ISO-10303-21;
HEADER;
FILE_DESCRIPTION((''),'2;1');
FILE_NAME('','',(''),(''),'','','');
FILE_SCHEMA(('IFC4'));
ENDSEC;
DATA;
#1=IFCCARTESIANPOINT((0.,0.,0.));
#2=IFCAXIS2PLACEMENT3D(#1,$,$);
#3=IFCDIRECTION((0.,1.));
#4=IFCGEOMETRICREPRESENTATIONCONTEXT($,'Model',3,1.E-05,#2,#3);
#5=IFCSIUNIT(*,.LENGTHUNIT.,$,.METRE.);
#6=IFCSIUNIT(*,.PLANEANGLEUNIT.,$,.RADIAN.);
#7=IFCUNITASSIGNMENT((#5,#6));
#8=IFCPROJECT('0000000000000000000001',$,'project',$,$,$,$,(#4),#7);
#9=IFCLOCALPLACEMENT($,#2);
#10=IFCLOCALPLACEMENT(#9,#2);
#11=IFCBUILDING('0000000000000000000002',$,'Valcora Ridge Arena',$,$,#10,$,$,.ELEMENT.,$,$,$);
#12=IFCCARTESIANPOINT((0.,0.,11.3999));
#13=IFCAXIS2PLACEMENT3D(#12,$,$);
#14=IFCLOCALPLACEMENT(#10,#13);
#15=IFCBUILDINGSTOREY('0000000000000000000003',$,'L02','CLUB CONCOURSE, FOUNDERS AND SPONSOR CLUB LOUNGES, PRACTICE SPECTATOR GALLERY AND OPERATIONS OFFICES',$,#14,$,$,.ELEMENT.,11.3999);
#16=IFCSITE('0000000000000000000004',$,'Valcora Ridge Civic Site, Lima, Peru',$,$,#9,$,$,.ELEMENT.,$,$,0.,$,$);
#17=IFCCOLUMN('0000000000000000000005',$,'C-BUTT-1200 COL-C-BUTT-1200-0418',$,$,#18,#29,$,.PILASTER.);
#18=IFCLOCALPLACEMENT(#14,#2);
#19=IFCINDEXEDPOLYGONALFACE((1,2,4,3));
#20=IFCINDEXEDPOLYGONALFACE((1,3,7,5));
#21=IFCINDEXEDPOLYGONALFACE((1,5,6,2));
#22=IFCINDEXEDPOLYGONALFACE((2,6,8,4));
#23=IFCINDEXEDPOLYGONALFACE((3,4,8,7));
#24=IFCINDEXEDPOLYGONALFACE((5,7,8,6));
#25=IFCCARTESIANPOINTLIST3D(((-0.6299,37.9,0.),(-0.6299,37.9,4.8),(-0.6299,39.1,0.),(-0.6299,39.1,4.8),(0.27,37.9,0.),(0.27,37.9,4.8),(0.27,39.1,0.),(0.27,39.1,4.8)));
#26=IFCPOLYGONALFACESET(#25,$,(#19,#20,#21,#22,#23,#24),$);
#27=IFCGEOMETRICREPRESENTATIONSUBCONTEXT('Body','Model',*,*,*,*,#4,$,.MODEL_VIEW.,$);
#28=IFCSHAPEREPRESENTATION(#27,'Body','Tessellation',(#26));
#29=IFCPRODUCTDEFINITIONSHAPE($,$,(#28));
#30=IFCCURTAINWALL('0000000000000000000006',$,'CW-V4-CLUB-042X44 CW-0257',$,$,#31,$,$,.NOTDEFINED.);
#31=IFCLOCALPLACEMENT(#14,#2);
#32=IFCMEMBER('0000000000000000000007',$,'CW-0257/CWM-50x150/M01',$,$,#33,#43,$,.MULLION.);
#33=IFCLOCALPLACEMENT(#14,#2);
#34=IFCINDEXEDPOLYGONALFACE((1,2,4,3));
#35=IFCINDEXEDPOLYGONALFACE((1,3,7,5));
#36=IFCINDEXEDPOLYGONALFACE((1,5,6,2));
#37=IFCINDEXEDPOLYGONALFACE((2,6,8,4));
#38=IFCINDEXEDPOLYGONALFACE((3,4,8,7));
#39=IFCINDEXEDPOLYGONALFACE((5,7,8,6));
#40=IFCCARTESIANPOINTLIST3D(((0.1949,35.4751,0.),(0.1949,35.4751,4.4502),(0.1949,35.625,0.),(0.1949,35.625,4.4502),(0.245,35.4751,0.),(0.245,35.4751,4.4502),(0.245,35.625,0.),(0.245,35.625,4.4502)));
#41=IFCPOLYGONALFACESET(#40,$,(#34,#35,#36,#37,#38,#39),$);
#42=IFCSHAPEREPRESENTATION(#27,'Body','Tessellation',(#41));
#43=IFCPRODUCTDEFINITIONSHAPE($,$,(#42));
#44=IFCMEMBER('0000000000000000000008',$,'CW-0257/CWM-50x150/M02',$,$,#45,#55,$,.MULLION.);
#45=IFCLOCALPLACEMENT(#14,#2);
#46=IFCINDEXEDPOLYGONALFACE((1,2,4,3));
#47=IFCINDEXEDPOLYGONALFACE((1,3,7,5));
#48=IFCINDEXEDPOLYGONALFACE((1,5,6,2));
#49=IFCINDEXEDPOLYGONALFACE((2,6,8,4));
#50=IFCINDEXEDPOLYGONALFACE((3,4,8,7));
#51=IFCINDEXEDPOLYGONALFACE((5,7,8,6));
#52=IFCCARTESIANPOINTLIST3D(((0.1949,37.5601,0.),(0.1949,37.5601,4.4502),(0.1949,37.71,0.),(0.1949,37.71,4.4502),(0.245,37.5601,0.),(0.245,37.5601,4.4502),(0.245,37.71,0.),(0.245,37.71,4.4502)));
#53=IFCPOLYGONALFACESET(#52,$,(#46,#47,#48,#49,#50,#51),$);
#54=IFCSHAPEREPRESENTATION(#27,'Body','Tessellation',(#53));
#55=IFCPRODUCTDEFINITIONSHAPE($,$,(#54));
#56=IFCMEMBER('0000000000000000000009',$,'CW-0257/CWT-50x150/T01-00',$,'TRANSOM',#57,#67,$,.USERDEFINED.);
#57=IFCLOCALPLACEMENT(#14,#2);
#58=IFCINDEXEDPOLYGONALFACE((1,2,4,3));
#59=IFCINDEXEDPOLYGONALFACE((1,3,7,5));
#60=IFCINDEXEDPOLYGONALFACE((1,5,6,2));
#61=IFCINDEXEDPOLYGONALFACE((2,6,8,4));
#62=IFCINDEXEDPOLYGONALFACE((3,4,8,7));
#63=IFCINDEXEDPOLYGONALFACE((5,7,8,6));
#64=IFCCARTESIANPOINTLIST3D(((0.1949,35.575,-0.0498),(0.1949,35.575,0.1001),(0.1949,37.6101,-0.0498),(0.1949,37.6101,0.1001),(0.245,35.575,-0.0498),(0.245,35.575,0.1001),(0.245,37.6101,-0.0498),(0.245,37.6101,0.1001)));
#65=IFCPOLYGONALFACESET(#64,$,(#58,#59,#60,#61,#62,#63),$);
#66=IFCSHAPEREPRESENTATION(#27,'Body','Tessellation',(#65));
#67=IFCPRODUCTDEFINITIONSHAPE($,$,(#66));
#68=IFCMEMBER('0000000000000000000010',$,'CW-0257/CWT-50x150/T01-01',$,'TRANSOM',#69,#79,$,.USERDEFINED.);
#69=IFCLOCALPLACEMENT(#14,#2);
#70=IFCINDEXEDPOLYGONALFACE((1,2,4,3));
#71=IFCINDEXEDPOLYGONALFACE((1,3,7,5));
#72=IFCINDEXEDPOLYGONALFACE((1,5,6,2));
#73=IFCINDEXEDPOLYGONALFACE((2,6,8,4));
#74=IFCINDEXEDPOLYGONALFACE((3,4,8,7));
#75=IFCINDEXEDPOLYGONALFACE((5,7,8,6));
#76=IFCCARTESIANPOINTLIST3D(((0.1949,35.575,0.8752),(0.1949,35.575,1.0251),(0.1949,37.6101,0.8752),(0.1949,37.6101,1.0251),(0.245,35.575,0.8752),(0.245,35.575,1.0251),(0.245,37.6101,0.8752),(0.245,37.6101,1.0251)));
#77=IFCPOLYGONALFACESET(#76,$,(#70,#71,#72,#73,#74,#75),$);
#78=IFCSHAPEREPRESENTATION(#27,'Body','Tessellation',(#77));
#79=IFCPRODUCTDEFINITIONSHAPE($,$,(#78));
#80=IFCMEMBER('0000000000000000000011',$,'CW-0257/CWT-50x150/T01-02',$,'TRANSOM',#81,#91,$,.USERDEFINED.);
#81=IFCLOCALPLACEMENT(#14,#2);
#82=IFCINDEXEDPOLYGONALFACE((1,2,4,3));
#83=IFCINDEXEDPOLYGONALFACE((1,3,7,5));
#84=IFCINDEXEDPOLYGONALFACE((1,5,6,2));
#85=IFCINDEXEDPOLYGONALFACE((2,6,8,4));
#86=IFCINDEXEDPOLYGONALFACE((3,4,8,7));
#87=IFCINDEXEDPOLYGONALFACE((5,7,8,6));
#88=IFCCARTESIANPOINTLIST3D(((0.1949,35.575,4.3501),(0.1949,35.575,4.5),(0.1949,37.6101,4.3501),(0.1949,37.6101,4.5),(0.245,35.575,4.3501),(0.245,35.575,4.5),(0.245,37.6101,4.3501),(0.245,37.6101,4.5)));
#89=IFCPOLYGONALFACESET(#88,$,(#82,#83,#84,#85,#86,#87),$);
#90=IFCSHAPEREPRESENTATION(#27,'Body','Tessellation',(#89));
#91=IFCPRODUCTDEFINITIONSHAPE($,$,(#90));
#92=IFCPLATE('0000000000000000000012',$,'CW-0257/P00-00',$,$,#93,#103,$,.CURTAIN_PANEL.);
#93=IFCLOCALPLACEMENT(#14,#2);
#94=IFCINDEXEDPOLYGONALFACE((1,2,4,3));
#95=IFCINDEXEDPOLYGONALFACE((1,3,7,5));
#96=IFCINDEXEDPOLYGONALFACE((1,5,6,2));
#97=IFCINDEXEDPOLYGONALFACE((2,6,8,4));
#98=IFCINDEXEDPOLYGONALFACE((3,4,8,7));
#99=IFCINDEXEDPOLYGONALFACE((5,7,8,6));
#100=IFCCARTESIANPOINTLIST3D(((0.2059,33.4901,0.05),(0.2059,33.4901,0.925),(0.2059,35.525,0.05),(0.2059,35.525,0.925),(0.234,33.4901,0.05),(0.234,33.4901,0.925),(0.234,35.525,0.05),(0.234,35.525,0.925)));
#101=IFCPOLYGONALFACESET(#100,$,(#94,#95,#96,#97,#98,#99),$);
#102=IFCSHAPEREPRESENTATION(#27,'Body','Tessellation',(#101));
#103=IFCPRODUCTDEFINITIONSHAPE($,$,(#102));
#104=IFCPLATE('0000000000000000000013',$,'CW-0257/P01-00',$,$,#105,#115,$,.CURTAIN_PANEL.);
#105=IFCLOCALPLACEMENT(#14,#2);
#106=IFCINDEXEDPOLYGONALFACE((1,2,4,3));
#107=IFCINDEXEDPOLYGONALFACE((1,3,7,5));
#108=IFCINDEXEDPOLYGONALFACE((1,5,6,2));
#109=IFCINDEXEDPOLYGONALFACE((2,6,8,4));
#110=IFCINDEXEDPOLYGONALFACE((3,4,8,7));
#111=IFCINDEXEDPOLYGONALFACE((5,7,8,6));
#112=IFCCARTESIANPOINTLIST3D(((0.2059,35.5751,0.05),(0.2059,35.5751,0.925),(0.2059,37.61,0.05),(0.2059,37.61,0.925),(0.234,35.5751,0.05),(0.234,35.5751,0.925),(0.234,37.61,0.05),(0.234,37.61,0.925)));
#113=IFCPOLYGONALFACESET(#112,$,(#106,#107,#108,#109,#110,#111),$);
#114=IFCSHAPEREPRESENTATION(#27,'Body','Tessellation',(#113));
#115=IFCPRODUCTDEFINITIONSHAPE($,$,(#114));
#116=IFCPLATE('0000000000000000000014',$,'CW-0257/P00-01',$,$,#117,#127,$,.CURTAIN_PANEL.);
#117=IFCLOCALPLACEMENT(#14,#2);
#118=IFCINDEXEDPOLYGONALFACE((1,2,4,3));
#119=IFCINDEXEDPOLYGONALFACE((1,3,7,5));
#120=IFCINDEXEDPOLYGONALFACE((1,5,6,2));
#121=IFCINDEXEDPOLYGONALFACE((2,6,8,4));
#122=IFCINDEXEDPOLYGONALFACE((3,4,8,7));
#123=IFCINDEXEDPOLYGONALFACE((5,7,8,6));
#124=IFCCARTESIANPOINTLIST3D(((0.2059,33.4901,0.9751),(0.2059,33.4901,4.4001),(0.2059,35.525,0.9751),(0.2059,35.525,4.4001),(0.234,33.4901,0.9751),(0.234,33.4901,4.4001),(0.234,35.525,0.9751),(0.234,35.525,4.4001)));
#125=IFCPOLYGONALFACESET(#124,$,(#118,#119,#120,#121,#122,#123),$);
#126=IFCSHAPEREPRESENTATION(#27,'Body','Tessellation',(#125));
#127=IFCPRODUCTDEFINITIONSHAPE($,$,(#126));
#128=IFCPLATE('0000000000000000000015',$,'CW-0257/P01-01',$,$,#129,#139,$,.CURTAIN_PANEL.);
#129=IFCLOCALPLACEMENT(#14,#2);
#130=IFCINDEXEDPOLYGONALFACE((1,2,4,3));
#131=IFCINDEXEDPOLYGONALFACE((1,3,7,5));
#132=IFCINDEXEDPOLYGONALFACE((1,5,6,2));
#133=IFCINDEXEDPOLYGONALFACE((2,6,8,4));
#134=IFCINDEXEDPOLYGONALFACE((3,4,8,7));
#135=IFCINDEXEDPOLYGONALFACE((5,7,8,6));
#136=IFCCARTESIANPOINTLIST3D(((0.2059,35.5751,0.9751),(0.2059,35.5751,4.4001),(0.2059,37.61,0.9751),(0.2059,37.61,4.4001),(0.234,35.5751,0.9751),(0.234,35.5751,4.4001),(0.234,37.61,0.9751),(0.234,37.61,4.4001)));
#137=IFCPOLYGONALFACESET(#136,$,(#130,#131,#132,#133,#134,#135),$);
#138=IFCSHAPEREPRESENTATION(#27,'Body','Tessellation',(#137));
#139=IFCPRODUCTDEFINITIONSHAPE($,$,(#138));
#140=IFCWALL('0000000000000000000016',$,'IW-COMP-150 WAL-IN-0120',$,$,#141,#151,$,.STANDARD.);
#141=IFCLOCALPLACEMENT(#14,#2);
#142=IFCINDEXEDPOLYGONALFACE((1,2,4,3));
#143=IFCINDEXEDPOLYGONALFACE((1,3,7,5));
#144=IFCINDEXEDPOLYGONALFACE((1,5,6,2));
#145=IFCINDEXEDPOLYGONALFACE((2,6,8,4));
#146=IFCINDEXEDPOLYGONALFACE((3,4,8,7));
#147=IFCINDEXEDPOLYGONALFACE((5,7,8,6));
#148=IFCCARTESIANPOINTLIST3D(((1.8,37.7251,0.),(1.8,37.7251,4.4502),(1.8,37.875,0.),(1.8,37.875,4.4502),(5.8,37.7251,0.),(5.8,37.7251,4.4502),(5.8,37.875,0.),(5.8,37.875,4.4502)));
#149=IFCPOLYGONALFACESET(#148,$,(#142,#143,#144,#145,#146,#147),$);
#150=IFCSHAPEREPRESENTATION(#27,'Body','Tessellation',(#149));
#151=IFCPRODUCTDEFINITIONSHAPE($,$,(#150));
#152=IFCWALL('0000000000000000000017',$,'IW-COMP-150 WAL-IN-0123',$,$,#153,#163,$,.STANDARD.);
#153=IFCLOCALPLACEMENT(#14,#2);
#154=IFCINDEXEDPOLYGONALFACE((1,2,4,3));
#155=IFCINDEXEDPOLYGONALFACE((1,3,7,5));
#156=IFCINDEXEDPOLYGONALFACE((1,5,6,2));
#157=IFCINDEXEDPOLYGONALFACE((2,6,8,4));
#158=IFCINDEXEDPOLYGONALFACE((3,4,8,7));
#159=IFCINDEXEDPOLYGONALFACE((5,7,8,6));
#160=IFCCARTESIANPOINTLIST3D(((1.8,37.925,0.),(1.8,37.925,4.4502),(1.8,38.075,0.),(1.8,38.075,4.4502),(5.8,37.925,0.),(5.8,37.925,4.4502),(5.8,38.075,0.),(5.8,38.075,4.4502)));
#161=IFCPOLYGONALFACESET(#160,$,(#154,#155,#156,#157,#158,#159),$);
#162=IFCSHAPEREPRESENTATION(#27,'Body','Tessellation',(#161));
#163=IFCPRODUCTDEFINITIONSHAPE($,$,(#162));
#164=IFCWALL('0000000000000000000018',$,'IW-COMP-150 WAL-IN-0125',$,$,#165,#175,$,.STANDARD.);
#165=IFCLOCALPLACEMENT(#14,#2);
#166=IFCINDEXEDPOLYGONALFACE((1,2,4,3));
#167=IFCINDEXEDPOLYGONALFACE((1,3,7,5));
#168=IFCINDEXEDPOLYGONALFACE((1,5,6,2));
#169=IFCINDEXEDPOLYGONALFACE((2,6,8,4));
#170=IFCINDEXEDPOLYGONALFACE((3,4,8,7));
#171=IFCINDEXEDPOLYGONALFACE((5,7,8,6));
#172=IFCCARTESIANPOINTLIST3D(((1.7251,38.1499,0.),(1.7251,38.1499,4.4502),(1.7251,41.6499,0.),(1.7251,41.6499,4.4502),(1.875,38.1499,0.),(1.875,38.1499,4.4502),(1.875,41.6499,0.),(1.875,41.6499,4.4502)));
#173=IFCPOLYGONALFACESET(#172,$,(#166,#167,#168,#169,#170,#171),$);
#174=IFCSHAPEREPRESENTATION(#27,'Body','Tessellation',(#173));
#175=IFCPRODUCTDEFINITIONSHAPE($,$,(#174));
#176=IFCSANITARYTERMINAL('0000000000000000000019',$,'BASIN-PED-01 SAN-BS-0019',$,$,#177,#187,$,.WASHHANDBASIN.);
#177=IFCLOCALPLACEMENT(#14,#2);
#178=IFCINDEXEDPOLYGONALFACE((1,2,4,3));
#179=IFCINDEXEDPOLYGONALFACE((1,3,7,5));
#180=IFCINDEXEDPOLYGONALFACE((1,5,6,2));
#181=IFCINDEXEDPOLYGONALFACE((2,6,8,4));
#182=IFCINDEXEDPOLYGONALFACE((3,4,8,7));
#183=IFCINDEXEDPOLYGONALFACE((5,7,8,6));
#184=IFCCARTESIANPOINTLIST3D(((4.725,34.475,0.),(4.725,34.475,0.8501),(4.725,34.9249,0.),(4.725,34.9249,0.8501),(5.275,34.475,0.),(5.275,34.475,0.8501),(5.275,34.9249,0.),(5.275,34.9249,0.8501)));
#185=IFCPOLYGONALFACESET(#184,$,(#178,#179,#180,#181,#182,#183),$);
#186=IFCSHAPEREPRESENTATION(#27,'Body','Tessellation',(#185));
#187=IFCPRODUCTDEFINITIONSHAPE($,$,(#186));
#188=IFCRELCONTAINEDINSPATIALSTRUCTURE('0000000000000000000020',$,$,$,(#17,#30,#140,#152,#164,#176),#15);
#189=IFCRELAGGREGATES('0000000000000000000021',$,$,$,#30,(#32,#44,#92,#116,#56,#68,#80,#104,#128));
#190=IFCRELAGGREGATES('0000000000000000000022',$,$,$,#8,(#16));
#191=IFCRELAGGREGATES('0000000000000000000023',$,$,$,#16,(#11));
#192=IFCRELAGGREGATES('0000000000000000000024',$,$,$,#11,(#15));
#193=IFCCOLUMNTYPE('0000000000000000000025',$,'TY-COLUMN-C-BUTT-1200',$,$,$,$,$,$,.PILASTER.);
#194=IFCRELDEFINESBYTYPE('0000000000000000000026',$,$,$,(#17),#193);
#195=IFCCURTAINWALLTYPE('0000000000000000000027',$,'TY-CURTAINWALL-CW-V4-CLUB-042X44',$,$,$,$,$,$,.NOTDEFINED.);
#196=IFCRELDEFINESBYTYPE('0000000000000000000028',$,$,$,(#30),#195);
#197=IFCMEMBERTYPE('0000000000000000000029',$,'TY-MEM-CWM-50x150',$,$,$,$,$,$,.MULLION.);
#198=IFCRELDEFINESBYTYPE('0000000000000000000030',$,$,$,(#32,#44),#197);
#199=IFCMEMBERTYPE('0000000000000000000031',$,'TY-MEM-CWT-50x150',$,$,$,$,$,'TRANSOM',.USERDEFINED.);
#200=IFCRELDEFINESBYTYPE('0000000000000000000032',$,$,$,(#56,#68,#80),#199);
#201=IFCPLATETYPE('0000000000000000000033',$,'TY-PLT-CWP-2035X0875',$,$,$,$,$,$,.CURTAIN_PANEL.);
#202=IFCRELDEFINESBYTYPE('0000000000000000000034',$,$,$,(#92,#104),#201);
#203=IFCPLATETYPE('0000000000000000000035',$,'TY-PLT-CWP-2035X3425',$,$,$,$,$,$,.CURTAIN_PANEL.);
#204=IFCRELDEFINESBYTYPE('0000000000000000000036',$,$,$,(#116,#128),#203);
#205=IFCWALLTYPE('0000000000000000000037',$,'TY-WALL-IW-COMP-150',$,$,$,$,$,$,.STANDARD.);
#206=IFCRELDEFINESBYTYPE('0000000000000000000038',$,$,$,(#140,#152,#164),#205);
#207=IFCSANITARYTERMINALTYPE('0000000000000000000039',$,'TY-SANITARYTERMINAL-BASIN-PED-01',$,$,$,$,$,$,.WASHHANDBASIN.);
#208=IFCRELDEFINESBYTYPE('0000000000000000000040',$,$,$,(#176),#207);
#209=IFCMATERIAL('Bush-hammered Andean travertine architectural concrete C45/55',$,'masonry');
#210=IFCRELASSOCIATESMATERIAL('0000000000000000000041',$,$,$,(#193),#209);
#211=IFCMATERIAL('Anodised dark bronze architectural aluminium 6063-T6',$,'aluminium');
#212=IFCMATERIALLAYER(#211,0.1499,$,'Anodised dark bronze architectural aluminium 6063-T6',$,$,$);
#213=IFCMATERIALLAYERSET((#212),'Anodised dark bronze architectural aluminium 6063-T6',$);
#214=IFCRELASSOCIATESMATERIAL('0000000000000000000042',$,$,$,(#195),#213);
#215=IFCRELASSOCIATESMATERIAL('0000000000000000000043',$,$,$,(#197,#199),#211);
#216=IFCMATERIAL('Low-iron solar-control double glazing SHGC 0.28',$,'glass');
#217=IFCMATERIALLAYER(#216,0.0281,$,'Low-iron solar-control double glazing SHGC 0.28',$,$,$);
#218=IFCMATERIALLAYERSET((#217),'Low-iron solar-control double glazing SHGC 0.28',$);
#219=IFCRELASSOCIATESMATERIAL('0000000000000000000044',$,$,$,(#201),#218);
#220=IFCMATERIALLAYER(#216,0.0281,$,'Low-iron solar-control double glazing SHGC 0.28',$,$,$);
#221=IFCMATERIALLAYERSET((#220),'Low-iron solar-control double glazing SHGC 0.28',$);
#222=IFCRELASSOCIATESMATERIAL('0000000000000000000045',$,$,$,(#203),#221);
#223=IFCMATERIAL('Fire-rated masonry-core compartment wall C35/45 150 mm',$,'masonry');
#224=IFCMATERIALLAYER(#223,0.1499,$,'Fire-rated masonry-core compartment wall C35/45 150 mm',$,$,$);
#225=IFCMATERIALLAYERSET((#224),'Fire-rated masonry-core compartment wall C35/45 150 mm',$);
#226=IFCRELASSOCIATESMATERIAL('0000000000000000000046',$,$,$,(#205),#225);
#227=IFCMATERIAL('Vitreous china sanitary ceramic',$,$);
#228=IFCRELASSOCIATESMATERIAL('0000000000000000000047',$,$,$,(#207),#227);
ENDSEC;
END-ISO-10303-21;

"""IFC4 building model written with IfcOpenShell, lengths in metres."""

from ifc_helpers import new_model, si_unit, direction, frame, frame_2d, origin, origin_2d, place, context, subcontext, project, spatial, rectangle, extrude, material, layer, layer_set, material_profile, profile_set, type_object, element, aggregate, save


model = new_model("IFC4")

# Units and contexts
model_context = context("Model", 3, precision=1e-05, world=origin(), true_north=direction((0.0, 1.0)))
body_context = subcontext(model_context, "Body", "Model", "MODEL_VIEW")
ifc_project = project(units=[si_unit("LENGTHUNIT", "METRE"), si_unit("PLANEANGLEUNIT", "RADIAN")], contexts=[model_context])

# Site, building, storey
site_placement = place(None, origin())
site = spatial("IfcSite", under=ifc_project, at=site_placement, Name="Valcora Ridge Civic Site, Lima, Peru", CompositionType="ELEMENT", RefElevation=0.0)
building_placement = place(site_placement, origin())
building = spatial("IfcBuilding", under=site, at=building_placement, Name="Valcora Ridge Arena", CompositionType="ELEMENT")
storey_placement = place(building_placement, frame((0.0, 0.0, 11.3999)))
storey = spatial("IfcBuildingStorey", under=building, at=storey_placement, Name="L02", Description="CLUB CONCOURSE, FOUNDERS AND SPONSOR CLUB LOUNGES, PRACTICE SPECTATOR GALLERY AND OPERATIONS OFFICES", CompositionType="ELEMENT", Elevation=11.3999)

# Column
ifc_material_1 = material(Name="Bush-hammered Andean travertine architectural concrete C45/55", Category="masonry")
ifc_material_profile_1 = material_profile(ifc_material_1, rectangle(XDim=0.8999, YDim=1.2, at=origin_2d()), Name="RC 900x1200")
ifc_profile_set_1 = profile_set([ifc_material_profile_1], Name="Bush-hammered Andean travertine architectural concrete C45/55")
column_type = type_object("IfcColumnType", Name="TY-COLUMN-C-BUTT-1200", PredefinedType="PILASTER", material=ifc_profile_set_1)
column_placement = place(storey_placement, frame((-0.1799, 38.5, 0.0), z_axis=(0.0, 0.0, 1.0), x_axis=(1.0, 0.0, 0.0)))
element("IfcColumn", 1, at=column_placement, inside=storey, type_object=column_type, Name="C-BUTT-1200 COL-C-BUTT-1200-0418", PredefinedType="PILASTER", context=body_context, shape_type="SweptSolid", body=[
    extrude(rectangle(XDim=0.8999, YDim=1.2, at=origin_2d()), origin(), (0.0, 0.0, 1.0), 4.8),
])

# Curtain wall, members, plates
ifc_material_2 = material(Name="Anodised dark bronze architectural aluminium 6063-T6", Category="aluminium")
ifc_layer_1 = layer(ifc_material_2, 0.1499, Name="Anodised dark bronze architectural aluminium 6063-T6")
ifc_layer_set_1 = layer_set([ifc_layer_1], Name="Anodised dark bronze architectural aluminium 6063-T6")
curtain_wall_type = type_object("IfcCurtainWallType", Name="TY-CURTAINWALL-CW-V4-CLUB-042X44", PredefinedType="NOTDEFINED", material=ifc_layer_set_1)
curtain_wall_placement = place(storey_placement, origin())
curtain_wall = element("IfcCurtainWall", 2, at=curtain_wall_placement, inside=storey, type_object=curtain_wall_type, Name="CW-V4-CLUB-042X44 CW-0257", PredefinedType="NOTDEFINED")
ifc_material_profile_2 = material_profile(ifc_material_2, rectangle(XDim=0.05, YDim=0.1499, at=origin_2d()), Name="ALU MULLION 50x150")
ifc_profile_set_2 = profile_set([ifc_material_profile_2], Name="Anodised dark bronze architectural aluminium 6063-T6")
member_type_1 = type_object("IfcMemberType", Name="TY-MEM-CWM-50x150", PredefinedType="MULLION", material=ifc_profile_set_2)
member_1_placement = place(storey_placement, frame((0.22, 35.55, 0.0), z_axis=(0.0, 0.0, 1.0), x_axis=(-1.0, 0.0, 0.0)))
member_1 = element("IfcMember", 3, at=member_1_placement, type_object=member_type_1, Name="CW-0257/CWM-50x150/M01", PredefinedType="MULLION", context=body_context, shape_type="SweptSolid", body=[
    extrude(rectangle(XDim=0.05, YDim=0.1499, at=origin_2d()), origin(), (0.0, 0.0, 1.0), 4.4502),
])
member_2_placement = place(storey_placement, frame((0.22, 37.635, 0.0), z_axis=(0.0, 0.0, 1.0), x_axis=(-1.0, 0.0, 0.0)))
member_2 = element("IfcMember", 4, at=member_2_placement, type_object=member_type_1, Name="CW-0257/CWM-50x150/M02", PredefinedType="MULLION", context=body_context, shape_type="SweptSolid", body=[
    extrude(rectangle(XDim=0.05, YDim=0.1499, at=origin_2d()), origin(), (0.0, 0.0, 1.0), 4.4502),
])
ifc_material_profile_3 = material_profile(ifc_material_2, rectangle(XDim=0.05, YDim=0.1499, at=origin_2d()), Name="ALU TRANSOM 50x150")
ifc_profile_set_3 = profile_set([ifc_material_profile_3], Name="Anodised dark bronze architectural aluminium 6063-T6")
member_type_2 = type_object("IfcMemberType", Name="TY-MEM-CWT-50x150", ElementType="TRANSOM", PredefinedType="USERDEFINED", material=ifc_profile_set_3)
member_3_placement = place(storey_placement, frame((0.22, 35.575, 0.0251), z_axis=(0.0, 1.0, 0.0), x_axis=(-1.0, 0.0, 0.0)))
member_3 = element("IfcMember", 5, at=member_3_placement, type_object=member_type_2, Name="CW-0257/CWT-50x150/T01-00", ObjectType="TRANSOM", PredefinedType="USERDEFINED", context=body_context, shape_type="SweptSolid", body=[
    extrude(rectangle(XDim=0.05, YDim=0.1499, at=origin_2d()), origin(), (0.0, 0.0, 1.0), 2.0352),
])
member_4_placement = place(storey_placement, frame((0.22, 35.575, 0.9502), z_axis=(0.0, 1.0, 0.0), x_axis=(-1.0, 0.0, 0.0)))
member_4 = element("IfcMember", 6, at=member_4_placement, type_object=member_type_2, Name="CW-0257/CWT-50x150/T01-01", ObjectType="TRANSOM", PredefinedType="USERDEFINED", context=body_context, shape_type="SweptSolid", body=[
    extrude(rectangle(XDim=0.05, YDim=0.1499, at=origin_2d()), origin(), (0.0, 0.0, 1.0), 2.0352),
])
member_5_placement = place(storey_placement, frame((0.22, 35.575, 4.425), z_axis=(0.0, 1.0, 0.0), x_axis=(-1.0, 0.0, 0.0)))
member_5 = element("IfcMember", 7, at=member_5_placement, type_object=member_type_2, Name="CW-0257/CWT-50x150/T01-02", ObjectType="TRANSOM", PredefinedType="USERDEFINED", context=body_context, shape_type="SweptSolid", body=[
    extrude(rectangle(XDim=0.05, YDim=0.1499, at=origin_2d()), origin(), (0.0, 0.0, 1.0), 2.0352),
])
ifc_material_3 = material(Name="Low-iron solar-control double glazing SHGC 0.28", Category="glass")
ifc_layer_2 = layer(ifc_material_3, 0.0281, Name="Low-iron solar-control double glazing SHGC 0.28")
ifc_layer_set_2 = layer_set([ifc_layer_2], Name="Low-iron solar-control double glazing SHGC 0.28")
plate_type_1 = type_object("IfcPlateType", Name="TY-PLT-CWP-2035X0875", PredefinedType="CURTAIN_PANEL", material=ifc_layer_set_2)
plate_1_placement = place(storey_placement, frame((0.22, 34.5076, 0.05), z_axis=(0.0, 0.0, 1.0), x_axis=(0.0, 1.0, 0.0)))
plate_1 = element("IfcPlate", 8, at=plate_1_placement, type_object=plate_type_1, Name="CW-0257/P00-00", PredefinedType="CURTAIN_PANEL", context=body_context, shape_type="SweptSolid", body=[
    extrude(rectangle(XDim=2.0349, YDim=0.0281, at=origin_2d()), origin(), (0.0, 0.0, 1.0), 0.875),
])
plate_2_placement = place(storey_placement, frame((0.22, 36.5925, 0.05), z_axis=(0.0, 0.0, 1.0), x_axis=(0.0, 1.0, 0.0)))
plate_2 = element("IfcPlate", 9, at=plate_2_placement, type_object=plate_type_1, Name="CW-0257/P01-00", PredefinedType="CURTAIN_PANEL", context=body_context, shape_type="SweptSolid", body=[
    extrude(rectangle(XDim=2.0349, YDim=0.0281, at=origin_2d()), origin(), (0.0, 0.0, 1.0), 0.875),
])
ifc_layer_3 = layer(ifc_material_3, 0.0281, Name="Low-iron solar-control double glazing SHGC 0.28")
ifc_layer_set_3 = layer_set([ifc_layer_3], Name="Low-iron solar-control double glazing SHGC 0.28")
plate_type_2 = type_object("IfcPlateType", Name="TY-PLT-CWP-2035X3425", PredefinedType="CURTAIN_PANEL", material=ifc_layer_set_3)
plate_3_placement = place(storey_placement, frame((0.22, 34.5076, 0.9751), z_axis=(0.0, 0.0, 1.0), x_axis=(0.0, 1.0, 0.0)))
plate_3 = element("IfcPlate", 10, at=plate_3_placement, type_object=plate_type_2, Name="CW-0257/P00-01", PredefinedType="CURTAIN_PANEL", context=body_context, shape_type="SweptSolid", body=[
    extrude(rectangle(XDim=2.0349, YDim=0.0281, at=origin_2d()), origin(), (0.0, 0.0, 1.0), 3.425),
])
plate_4_placement = place(storey_placement, frame((0.22, 36.5925, 0.9751), z_axis=(0.0, 0.0, 1.0), x_axis=(0.0, 1.0, 0.0)))
plate_4 = element("IfcPlate", 11, at=plate_4_placement, type_object=plate_type_2, Name="CW-0257/P01-01", PredefinedType="CURTAIN_PANEL", context=body_context, shape_type="SweptSolid", body=[
    extrude(rectangle(XDim=2.0349, YDim=0.0281, at=origin_2d()), origin(), (0.0, 0.0, 1.0), 3.425),
])
aggregate(curtain_wall, [member_1, member_2, plate_1, plate_3, member_3, member_4, member_5, plate_2, plate_4])

# Wall
ifc_material_4 = material(Name="Fire-rated masonry-core compartment wall C35/45 150 mm", Category="masonry")
ifc_layer_4 = layer(ifc_material_4, 0.1499, Name="Fire-rated masonry-core compartment wall C35/45 150 mm")
ifc_layer_set_4 = layer_set([ifc_layer_4], Name="Fire-rated masonry-core compartment wall C35/45 150 mm")
wall_type = type_object("IfcWallType", Name="TY-WALL-IW-COMP-150", PredefinedType="STANDARD", material=ifc_layer_set_4)
wall_1_placement = place(storey_placement, frame((1.8, 37.8, 0.0), z_axis=(0.0, 0.0, 1.0), x_axis=(1.0, 0.0, 0.0)))
element("IfcWall", 12, at=wall_1_placement, inside=storey, type_object=wall_type, Name="IW-COMP-150 WAL-IN-0120", PredefinedType="STANDARD", context=body_context, shape_type="SweptSolid", body=[
    extrude(rectangle(XDim=4.0, YDim=0.1499, at=frame_2d((2.0, 0.0))), origin(), (0.0, 0.0, 1.0), 4.4502),
])

# Walls
wall_2_placement = place(storey_placement, frame((1.8, 38.0, 0.0), z_axis=(0.0, 0.0, 1.0), x_axis=(1.0, 0.0, 0.0)))
element("IfcWall", 13, at=wall_2_placement, inside=storey, type_object=wall_type, Name="IW-COMP-150 WAL-IN-0123", PredefinedType="STANDARD", context=body_context, shape_type="SweptSolid", body=[
    extrude(rectangle(XDim=4.0, YDim=0.1499, at=frame_2d((2.0, 0.0))), origin(), (0.0, 0.0, 1.0), 4.4502),
])
wall_3_placement = place(storey_placement, frame((1.8, 38.1499, 0.0), z_axis=(0.0, 0.0, 1.0), x_axis=(0.0, 1.0, 0.0)))
element("IfcWall", 14, at=wall_3_placement, inside=storey, type_object=wall_type, Name="IW-COMP-150 WAL-IN-0125", PredefinedType="STANDARD", context=body_context, shape_type="SweptSolid", body=[
    extrude(rectangle(XDim=3.5, YDim=0.1499, at=frame_2d((1.75, 0.0))), origin(), (0.0, 0.0, 1.0), 4.4502),
])

# Sanitary terminal
ifc_material_5 = material(Name="Vitreous china sanitary ceramic")
sanitary_terminal_type_1 = type_object("IfcSanitaryTerminalType", Name="TY-SANITARYTERMINAL-BASIN-PED-01", PredefinedType="WASHHANDBASIN", material=ifc_material_5)
for number, where, z_axis, x_axis, name in (
    (15, (5.0, 34.7, 0.0), (0.0, 0.0, 1.0), (1.0, 0.0, 0.0), "BASIN-PED-01 SAN-BS-0019"),
):
    element("IfcSanitaryTerminal", number, at=place(storey_placement, frame(where, z_axis=z_axis, x_axis=x_axis)), inside=storey, type_object=sanitary_terminal_type_1, Name=name, PredefinedType="WASHHANDBASIN", context=body_context, shape_type="SweptSolid", body=[
        extrude(rectangle(XDim=0.55, YDim=0.45, at=origin_2d()), origin(), (0.0, 0.0, 1.0), 0.8501),
    ])

save(model, "model.ifc")
